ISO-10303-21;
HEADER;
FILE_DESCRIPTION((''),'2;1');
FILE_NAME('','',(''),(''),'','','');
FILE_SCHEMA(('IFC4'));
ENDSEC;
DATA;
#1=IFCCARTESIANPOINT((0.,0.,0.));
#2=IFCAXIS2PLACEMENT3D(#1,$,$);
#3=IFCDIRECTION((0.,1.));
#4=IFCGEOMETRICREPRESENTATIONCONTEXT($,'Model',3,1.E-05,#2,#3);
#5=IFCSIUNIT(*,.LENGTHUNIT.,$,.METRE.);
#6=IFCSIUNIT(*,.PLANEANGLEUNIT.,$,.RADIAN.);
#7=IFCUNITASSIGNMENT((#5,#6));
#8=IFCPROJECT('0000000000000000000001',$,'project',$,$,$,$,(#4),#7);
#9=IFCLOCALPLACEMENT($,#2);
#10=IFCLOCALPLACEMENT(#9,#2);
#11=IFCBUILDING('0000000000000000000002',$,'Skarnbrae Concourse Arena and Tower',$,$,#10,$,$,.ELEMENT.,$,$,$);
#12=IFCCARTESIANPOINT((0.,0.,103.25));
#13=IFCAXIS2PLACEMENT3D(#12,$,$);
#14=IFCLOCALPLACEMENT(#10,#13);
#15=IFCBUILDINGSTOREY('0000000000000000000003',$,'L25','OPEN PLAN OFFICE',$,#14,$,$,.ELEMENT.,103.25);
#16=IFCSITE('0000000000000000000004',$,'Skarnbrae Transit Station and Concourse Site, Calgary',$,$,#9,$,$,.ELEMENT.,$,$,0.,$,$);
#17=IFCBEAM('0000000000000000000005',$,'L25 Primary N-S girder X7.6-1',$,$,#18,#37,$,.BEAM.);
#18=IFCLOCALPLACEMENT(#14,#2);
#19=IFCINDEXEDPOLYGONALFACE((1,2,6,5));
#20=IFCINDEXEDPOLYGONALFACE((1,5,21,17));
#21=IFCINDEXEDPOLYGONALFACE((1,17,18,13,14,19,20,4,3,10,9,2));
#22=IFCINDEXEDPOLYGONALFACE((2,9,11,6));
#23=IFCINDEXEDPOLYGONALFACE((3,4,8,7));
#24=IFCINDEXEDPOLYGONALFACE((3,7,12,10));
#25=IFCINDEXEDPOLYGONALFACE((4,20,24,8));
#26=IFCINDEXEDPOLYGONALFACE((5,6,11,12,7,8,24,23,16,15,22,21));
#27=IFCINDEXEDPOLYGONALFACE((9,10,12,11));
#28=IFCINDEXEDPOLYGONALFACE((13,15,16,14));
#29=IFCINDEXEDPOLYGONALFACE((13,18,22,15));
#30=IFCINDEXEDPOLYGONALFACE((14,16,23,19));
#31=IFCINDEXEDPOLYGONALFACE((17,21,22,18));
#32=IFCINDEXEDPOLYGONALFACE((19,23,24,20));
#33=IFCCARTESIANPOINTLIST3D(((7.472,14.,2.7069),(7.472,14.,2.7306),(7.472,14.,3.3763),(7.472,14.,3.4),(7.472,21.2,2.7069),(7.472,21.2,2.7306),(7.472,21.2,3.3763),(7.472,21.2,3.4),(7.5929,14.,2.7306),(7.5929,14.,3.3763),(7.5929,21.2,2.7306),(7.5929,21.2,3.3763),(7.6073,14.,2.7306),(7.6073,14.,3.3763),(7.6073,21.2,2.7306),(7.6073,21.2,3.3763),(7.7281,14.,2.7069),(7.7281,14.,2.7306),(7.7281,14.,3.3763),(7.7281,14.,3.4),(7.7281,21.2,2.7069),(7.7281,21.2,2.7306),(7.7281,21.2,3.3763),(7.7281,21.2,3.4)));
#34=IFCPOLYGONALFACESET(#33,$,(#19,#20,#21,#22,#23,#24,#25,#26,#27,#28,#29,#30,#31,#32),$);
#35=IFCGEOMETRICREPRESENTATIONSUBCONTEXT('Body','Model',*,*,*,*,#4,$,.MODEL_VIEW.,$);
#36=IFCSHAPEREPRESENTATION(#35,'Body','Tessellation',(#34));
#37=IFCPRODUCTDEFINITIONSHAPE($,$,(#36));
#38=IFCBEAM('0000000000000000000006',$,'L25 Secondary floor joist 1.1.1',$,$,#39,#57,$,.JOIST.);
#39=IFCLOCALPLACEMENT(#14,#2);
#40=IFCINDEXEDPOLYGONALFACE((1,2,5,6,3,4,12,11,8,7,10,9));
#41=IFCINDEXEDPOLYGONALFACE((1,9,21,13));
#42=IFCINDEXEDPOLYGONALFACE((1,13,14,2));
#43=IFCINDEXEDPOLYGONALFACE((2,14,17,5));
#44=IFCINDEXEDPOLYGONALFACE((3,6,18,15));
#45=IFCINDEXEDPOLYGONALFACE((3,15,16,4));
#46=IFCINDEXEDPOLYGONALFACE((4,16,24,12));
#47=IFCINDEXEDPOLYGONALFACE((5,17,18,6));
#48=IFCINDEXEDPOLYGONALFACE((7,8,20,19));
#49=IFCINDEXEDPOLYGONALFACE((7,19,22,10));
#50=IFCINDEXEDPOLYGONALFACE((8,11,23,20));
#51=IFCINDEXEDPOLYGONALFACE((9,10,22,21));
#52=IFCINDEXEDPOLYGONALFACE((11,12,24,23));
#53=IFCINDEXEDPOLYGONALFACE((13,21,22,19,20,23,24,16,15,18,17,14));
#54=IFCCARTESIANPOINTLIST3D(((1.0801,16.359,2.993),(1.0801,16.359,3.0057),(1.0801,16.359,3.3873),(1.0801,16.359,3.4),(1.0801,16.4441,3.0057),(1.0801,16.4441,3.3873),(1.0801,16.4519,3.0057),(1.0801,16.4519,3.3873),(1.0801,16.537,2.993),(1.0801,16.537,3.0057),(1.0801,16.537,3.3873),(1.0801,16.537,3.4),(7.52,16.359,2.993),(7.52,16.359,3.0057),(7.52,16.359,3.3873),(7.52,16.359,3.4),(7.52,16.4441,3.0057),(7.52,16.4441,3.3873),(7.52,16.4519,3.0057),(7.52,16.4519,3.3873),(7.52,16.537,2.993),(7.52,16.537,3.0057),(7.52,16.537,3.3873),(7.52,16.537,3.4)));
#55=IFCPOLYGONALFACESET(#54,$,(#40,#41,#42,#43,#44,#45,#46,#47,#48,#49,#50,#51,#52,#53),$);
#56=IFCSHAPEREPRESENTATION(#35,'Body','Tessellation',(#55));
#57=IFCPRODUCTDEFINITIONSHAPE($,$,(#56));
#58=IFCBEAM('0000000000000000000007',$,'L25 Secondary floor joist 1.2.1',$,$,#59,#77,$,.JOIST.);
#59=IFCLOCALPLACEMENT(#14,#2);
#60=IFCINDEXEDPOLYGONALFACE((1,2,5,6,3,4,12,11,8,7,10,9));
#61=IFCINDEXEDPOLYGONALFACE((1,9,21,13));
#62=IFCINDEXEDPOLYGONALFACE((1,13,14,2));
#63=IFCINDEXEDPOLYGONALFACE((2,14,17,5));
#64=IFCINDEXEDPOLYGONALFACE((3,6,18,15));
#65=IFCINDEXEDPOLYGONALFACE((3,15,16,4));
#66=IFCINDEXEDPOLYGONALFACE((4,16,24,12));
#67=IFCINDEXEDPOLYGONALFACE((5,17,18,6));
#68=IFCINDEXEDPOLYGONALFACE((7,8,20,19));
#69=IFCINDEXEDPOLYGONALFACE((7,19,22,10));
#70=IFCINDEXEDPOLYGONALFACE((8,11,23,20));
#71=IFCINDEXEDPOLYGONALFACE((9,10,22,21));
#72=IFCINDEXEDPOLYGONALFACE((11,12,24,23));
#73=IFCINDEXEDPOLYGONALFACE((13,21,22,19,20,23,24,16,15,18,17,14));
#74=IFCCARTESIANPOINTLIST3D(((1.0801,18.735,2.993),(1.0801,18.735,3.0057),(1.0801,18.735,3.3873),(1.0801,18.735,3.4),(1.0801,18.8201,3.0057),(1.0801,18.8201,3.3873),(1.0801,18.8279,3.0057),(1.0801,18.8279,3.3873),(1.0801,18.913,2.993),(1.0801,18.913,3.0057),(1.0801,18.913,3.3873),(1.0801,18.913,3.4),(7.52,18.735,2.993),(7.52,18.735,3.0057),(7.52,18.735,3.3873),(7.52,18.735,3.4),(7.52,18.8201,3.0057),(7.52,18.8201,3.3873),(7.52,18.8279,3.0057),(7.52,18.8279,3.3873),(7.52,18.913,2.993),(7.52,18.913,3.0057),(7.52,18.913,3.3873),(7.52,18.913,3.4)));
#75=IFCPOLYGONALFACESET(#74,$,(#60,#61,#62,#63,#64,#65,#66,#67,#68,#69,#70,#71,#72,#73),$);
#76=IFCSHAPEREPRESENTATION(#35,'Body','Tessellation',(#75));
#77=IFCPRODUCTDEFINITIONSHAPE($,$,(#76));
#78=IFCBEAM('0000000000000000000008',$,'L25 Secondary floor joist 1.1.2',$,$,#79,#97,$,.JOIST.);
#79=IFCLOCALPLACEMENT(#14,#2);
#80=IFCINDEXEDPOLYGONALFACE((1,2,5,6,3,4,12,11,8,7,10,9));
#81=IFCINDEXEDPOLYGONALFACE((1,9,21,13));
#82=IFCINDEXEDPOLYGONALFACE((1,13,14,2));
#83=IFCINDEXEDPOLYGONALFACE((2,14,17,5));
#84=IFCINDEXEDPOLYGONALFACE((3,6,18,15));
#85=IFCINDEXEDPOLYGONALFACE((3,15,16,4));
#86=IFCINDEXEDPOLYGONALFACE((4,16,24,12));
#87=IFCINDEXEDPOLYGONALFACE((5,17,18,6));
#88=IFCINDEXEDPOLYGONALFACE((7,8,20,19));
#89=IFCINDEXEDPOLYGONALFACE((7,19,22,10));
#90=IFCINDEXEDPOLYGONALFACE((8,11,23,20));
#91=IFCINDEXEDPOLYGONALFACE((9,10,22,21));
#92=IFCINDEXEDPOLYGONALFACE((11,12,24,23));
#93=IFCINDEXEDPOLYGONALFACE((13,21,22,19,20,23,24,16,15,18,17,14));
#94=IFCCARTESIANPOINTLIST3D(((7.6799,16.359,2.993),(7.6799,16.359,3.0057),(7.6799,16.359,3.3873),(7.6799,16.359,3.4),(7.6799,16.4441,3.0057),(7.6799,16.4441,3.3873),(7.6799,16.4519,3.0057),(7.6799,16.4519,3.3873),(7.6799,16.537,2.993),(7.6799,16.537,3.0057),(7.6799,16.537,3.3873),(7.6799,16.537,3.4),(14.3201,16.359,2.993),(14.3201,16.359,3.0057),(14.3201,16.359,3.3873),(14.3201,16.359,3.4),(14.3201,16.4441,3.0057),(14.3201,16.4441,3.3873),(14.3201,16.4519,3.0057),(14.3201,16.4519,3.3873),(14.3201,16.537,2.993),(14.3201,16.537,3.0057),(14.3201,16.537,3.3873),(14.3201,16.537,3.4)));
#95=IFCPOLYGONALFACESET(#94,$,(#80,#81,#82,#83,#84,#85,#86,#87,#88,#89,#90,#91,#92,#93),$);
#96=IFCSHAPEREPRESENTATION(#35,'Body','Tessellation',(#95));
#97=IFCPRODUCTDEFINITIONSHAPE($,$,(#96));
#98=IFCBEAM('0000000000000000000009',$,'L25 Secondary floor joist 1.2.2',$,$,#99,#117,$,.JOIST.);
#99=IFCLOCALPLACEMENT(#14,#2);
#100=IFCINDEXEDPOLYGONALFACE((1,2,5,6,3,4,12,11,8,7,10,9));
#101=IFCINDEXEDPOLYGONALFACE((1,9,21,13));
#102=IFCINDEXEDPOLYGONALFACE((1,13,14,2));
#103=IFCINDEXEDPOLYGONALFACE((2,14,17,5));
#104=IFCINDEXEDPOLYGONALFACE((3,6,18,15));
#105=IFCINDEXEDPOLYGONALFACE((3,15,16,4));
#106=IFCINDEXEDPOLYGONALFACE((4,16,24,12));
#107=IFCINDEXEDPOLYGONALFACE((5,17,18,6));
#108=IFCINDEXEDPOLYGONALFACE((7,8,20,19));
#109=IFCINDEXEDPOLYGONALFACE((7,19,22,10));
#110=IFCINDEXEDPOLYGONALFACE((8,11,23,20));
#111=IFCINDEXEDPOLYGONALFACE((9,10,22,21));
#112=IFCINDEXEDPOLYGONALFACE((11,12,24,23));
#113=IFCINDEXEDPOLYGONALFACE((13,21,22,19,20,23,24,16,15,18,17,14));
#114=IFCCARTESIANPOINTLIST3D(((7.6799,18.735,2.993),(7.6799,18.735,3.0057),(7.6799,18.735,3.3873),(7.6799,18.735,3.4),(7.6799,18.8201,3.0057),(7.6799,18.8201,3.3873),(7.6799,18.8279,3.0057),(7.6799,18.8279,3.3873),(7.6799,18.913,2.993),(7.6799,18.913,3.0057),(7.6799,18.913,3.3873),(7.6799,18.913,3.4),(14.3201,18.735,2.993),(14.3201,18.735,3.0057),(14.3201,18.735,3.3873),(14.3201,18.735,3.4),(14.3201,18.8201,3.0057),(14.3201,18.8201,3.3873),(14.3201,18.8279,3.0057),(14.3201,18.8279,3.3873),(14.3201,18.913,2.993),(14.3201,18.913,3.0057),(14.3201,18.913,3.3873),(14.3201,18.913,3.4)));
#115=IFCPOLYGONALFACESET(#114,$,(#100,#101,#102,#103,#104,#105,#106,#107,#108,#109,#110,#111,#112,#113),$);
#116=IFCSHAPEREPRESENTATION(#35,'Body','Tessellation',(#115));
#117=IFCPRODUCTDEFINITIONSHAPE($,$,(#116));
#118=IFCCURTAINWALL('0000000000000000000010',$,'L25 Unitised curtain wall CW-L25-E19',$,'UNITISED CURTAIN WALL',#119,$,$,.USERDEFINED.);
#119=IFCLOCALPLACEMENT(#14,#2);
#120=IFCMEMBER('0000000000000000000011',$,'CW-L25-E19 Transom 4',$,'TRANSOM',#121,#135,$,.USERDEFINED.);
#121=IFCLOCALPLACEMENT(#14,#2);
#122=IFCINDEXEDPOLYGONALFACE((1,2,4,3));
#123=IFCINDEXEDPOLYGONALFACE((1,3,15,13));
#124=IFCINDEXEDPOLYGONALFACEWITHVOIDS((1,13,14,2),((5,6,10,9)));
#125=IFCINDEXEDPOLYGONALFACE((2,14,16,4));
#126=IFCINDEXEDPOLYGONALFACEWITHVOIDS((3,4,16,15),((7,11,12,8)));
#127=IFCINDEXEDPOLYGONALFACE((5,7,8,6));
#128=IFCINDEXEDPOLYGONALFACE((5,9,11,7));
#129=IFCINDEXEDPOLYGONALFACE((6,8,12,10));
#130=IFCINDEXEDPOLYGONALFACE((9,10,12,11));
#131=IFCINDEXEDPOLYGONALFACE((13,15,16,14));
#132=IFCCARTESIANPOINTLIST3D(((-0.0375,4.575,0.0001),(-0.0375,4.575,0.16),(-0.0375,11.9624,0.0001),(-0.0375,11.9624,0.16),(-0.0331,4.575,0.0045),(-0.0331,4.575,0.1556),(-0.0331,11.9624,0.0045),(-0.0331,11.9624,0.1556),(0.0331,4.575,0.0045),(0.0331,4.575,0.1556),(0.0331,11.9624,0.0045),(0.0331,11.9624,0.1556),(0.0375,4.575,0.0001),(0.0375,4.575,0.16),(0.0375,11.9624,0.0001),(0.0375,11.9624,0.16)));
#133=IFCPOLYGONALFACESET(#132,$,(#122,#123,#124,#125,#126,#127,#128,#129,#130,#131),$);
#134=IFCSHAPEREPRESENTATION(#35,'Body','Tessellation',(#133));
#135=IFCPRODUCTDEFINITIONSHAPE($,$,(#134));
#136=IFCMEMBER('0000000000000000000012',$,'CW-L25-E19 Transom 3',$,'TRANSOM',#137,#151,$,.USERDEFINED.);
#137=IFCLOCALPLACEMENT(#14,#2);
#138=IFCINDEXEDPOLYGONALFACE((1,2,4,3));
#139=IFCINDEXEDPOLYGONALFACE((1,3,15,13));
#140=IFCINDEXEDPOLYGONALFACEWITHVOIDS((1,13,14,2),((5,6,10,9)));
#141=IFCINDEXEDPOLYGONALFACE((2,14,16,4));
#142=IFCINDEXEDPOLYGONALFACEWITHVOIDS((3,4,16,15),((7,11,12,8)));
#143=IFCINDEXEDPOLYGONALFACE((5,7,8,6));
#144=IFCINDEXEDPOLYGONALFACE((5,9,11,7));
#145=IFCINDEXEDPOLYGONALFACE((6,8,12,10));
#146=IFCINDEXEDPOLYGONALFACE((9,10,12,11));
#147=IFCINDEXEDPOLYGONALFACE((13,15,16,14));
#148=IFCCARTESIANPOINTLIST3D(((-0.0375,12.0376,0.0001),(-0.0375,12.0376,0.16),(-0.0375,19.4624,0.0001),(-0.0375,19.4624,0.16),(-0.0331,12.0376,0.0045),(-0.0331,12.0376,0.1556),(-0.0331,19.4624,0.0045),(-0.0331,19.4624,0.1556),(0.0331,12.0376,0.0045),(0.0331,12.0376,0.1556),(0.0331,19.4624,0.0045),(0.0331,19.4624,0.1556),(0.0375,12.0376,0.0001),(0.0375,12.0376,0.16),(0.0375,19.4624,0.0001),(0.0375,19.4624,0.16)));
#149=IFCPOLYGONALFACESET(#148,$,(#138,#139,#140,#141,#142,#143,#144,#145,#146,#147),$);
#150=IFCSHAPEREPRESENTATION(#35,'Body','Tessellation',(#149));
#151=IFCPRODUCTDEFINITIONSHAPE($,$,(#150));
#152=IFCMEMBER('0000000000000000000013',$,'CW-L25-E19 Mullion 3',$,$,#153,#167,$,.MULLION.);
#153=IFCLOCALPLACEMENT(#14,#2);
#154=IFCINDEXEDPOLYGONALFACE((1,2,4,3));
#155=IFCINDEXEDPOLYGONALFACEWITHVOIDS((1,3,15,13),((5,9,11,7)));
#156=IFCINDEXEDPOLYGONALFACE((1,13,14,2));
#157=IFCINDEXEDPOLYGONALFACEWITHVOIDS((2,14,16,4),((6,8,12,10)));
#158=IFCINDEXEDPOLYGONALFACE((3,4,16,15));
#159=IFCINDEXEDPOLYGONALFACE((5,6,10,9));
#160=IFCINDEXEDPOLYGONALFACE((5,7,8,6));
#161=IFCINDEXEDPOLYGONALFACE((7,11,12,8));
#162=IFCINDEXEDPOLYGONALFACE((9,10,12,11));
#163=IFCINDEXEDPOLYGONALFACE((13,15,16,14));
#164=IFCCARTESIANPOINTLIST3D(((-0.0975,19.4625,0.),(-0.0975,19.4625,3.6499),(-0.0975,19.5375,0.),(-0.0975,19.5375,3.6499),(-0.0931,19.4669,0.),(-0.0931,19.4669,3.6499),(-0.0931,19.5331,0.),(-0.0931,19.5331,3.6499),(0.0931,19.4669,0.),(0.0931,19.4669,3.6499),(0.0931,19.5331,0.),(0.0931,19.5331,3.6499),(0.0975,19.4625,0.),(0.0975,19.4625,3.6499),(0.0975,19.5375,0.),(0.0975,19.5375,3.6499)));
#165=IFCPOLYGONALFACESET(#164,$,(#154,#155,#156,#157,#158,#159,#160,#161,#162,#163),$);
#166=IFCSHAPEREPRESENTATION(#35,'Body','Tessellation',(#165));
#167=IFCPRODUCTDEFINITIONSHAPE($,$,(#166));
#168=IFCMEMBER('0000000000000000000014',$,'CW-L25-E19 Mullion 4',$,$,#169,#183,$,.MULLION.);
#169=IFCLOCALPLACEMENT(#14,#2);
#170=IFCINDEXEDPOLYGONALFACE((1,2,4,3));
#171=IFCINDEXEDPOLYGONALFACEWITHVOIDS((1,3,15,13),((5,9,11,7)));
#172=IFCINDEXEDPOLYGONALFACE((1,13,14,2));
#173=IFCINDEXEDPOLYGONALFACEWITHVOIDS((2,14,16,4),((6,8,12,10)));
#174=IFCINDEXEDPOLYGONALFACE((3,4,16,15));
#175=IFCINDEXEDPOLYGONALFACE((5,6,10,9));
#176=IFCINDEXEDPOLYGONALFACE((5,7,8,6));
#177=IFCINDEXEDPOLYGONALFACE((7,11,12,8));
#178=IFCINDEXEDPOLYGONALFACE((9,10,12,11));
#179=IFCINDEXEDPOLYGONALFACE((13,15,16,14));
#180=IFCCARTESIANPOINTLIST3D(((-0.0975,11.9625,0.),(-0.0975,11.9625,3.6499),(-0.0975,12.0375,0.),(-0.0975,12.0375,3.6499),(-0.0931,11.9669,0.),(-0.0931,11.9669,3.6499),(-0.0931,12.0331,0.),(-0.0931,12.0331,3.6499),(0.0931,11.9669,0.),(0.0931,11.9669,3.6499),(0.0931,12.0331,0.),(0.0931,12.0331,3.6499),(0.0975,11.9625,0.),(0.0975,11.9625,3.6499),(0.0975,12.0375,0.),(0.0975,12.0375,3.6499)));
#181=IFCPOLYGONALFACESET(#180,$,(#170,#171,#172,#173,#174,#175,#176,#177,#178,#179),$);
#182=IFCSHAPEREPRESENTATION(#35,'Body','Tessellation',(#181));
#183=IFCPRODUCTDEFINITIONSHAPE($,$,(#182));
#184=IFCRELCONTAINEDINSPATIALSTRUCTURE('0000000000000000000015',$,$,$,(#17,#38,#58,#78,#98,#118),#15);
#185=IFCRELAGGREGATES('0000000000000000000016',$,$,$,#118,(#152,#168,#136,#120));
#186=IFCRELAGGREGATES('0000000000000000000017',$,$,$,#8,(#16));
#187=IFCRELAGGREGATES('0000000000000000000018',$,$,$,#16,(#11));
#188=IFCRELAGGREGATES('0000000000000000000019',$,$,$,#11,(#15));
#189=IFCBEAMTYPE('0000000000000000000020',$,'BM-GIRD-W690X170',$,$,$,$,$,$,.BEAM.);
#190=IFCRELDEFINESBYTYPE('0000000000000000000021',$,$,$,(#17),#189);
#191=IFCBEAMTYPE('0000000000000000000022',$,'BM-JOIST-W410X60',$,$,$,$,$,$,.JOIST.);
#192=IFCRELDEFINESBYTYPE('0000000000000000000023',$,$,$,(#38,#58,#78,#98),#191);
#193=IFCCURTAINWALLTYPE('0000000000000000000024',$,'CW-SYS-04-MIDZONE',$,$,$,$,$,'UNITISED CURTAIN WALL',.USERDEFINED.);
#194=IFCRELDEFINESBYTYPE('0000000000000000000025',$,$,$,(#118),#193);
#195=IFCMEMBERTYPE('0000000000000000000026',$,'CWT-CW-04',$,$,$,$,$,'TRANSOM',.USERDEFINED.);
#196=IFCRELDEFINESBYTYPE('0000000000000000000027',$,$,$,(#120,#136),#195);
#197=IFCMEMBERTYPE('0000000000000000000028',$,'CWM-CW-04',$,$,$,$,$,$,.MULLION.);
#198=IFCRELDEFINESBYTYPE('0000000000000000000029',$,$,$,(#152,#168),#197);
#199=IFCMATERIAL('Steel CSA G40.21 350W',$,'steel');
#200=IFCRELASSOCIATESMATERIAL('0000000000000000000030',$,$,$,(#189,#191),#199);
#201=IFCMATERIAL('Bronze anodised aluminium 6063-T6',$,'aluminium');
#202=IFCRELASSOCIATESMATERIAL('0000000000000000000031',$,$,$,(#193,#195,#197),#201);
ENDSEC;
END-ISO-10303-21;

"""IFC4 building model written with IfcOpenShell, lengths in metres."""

from ifc_helpers import new_model, si_unit, direction, frame, origin, origin_2d, place, context, subcontext, project, spatial, hollow_rectangle, i_section, extrude, source, transform, mapped, material, material_profile, profile_set, type_object, element, aggregate, save


model = new_model("IFC4")

# Units and contexts
model_context = context("Model", 3, precision=1e-05, world=origin(), true_north=direction((0.0, 1.0)))
body_context = subcontext(model_context, "Body", "Model", "MODEL_VIEW")
ifc_project = project(units=[si_unit("LENGTHUNIT", "METRE"), si_unit("PLANEANGLEUNIT", "RADIAN")], contexts=[model_context])

# Site, building, storey
site_placement = place(None, origin())
site = spatial("IfcSite", under=ifc_project, at=site_placement, Name="Skarnbrae Transit Station and Concourse Site, Calgary", CompositionType="ELEMENT", RefElevation=0.0)
building_placement = place(site_placement, origin())
building = spatial("IfcBuilding", under=site, at=building_placement, Name="Skarnbrae Concourse Arena and Tower", CompositionType="ELEMENT")
storey_placement = place(building_placement, frame((0.0, 0.0, 103.25)))
storey = spatial("IfcBuildingStorey", under=building, at=storey_placement, Name="L25", Description="OPEN PLAN OFFICE", CompositionType="ELEMENT", Elevation=103.25)

# Shared definitions
ifc_material_1 = material(Name="Steel CSA G40.21 350W", Category="steel")

# Beams
ifc_material_profile_1 = material_profile(ifc_material_1, i_section(OverallWidth=0.2561, OverallDepth=0.6931, WebThickness=0.0144, FlangeThickness=0.0237, at=origin_2d()), Name="W690X170")
ifc_profile_set_1 = profile_set([ifc_material_profile_1], Name="Steel CSA G40.21 350W")
beam_type_1 = type_object("IfcBeamType", Name="BM-GIRD-W690X170", PredefinedType="BEAM", material=ifc_profile_set_1)
shared_shape_1 = source(origin(), body_context, "Body", "SweptSolid", [
    extrude(i_section(OverallWidth=0.2561, OverallDepth=0.6931, WebThickness=0.0144, FlangeThickness=0.0237, at=origin_2d()), origin(), (0.0, 0.0, 1.0), 7.2),
])
beam_1_placement = place(storey_placement, frame((7.6001, 14.0, 3.0535), z_axis=(0.0, 1.0, 0.0), x_axis=(-1.0, 0.0, 0.0)))
element("IfcBeam", 1, at=beam_1_placement, inside=storey, type_object=beam_type_1, Name="L25 Primary N-S girder X7.6-1", PredefinedType="BEAM", context=body_context, shape_type="MappedRepresentation", body=[
    mapped(shared_shape_1, transform((0.0, 0.0, 0.0))),
])
ifc_material_profile_2 = material_profile(ifc_material_1, i_section(OverallWidth=0.178, OverallDepth=0.407, WebThickness=0.0078, FlangeThickness=0.0127, at=origin_2d()), Name="W410X60")
ifc_profile_set_2 = profile_set([ifc_material_profile_2], Name="Steel CSA G40.21 350W")
beam_type_2 = type_object("IfcBeamType", Name="BM-JOIST-W410X60", PredefinedType="JOIST", material=ifc_profile_set_2)
shared_shape_2 = source(origin(), body_context, "Body", "SweptSolid", [
    extrude(i_section(OverallWidth=0.178, OverallDepth=0.407, WebThickness=0.0078, FlangeThickness=0.0127, at=origin_2d()), origin(), (0.0, 0.0, 1.0), 6.4399),
])
for number, where, z_axis, x_axis, name in (
    (2, (1.0801, 16.448, 3.1965), (1.0, 0.0, 0.0), (0.0, 1.0, 0.0), "L25 Secondary floor joist 1.1.1"),
    (3, (1.0801, 18.824, 3.1965), (1.0, 0.0, 0.0), (0.0, 1.0, 0.0), "L25 Secondary floor joist 1.2.1"),
):
    element("IfcBeam", number, at=place(storey_placement, frame(where, z_axis=z_axis, x_axis=x_axis)), inside=storey, type_object=beam_type_2, Name=name, PredefinedType="JOIST", context=body_context, shape_type="MappedRepresentation", body=[
        mapped(shared_shape_2, transform((0.0, 0.0, 0.0))),
    ])
shared_shape_3 = source(origin(), body_context, "Body", "SweptSolid", [
    extrude(i_section(OverallWidth=0.178, OverallDepth=0.407, WebThickness=0.0078, FlangeThickness=0.0127, at=origin_2d()), origin(), (0.0, 0.0, 1.0), 6.6401),
])
for number, where, z_axis, x_axis, name in (
    (4, (7.6799, 16.448, 3.1965), (1.0, 0.0, 0.0), (0.0, 1.0, 0.0), "L25 Secondary floor joist 1.1.2"),
    (5, (7.6799, 18.824, 3.1965), (1.0, 0.0, 0.0), (0.0, 1.0, 0.0), "L25 Secondary floor joist 1.2.2"),
):
    element("IfcBeam", number, at=place(storey_placement, frame(where, z_axis=z_axis, x_axis=x_axis)), inside=storey, type_object=beam_type_2, Name=name, PredefinedType="JOIST", context=body_context, shape_type="MappedRepresentation", body=[
        mapped(shared_shape_3, transform((0.0, 0.0, 0.0))),
    ])

# Curtain wall, members
ifc_material_2 = material(Name="Bronze anodised aluminium 6063-T6", Category="aluminium")
curtain_wall_type = type_object("IfcCurtainWallType", Name="CW-SYS-04-MIDZONE", ElementType="UNITISED CURTAIN WALL", PredefinedType="USERDEFINED", material=ifc_material_2)
curtain_wall_placement = place(storey_placement, origin())
curtain_wall = element("IfcCurtainWall", 6, at=curtain_wall_placement, inside=storey, type_object=curtain_wall_type, Name="L25 Unitised curtain wall CW-L25-E19", ObjectType="UNITISED CURTAIN WALL", PredefinedType="USERDEFINED")
ifc_material_profile_3 = material_profile(ifc_material_2, hollow_rectangle(XDim=0.075, YDim=0.1599, WallThickness=0.0044, at=origin_2d()), Name="ALU-TRAN-75X160")
ifc_profile_set_3 = profile_set([ifc_material_profile_3], Name="Bronze anodised aluminium 6063-T6")
member_type_1 = type_object("IfcMemberType", Name="CWT-CW-04", ElementType="TRANSOM", PredefinedType="USERDEFINED", material=ifc_profile_set_3)
shared_shape_4 = source(origin(), body_context, "Body", "SweptSolid", [
    extrude(hollow_rectangle(XDim=0.075, YDim=0.1599, WallThickness=0.0044, at=origin_2d()), origin(), (0.0, 0.0, 1.0), 7.3875),
])
member_1_placement = place(storey_placement, frame((0.0, 11.9624, 0.0801), z_axis=(0.0, -1.0, 0.0), x_axis=(1.0, 0.0, 0.0)))
member_1 = element("IfcMember", 7, at=member_1_placement, type_object=member_type_1, Name="CW-L25-E19 Transom 4", ObjectType="TRANSOM", PredefinedType="USERDEFINED", context=body_context, shape_type="MappedRepresentation", body=[
    mapped(shared_shape_4, transform((0.0, 0.0, 0.0))),
])
shared_shape_5 = source(origin(), body_context, "Body", "SweptSolid", [
    extrude(hollow_rectangle(XDim=0.075, YDim=0.1599, WallThickness=0.0044, at=origin_2d()), origin(), (0.0, 0.0, 1.0), 7.4248),
])
member_2_placement = place(storey_placement, frame((0.0, 19.4624, 0.0801), z_axis=(0.0, -1.0, 0.0), x_axis=(1.0, 0.0, 0.0)))
member_2 = element("IfcMember", 8, at=member_2_placement, type_object=member_type_1, Name="CW-L25-E19 Transom 3", ObjectType="TRANSOM", PredefinedType="USERDEFINED", context=body_context, shape_type="MappedRepresentation", body=[
    mapped(shared_shape_5, transform((0.0, 0.0, 0.0))),
])
ifc_material_profile_4 = material_profile(ifc_material_2, hollow_rectangle(XDim=0.075, YDim=0.1951, WallThickness=0.0044, at=origin_2d()), Name="ALU-MULL-75X195")
ifc_profile_set_4 = profile_set([ifc_material_profile_4], Name="Bronze anodised aluminium 6063-T6")
member_type_2 = type_object("IfcMemberType", Name="CWM-CW-04", PredefinedType="MULLION", material=ifc_profile_set_4)
shared_shape_6 = source(origin(), body_context, "Body", "SweptSolid", [
    extrude(hollow_rectangle(XDim=0.075, YDim=0.1951, WallThickness=0.0044, at=origin_2d()), origin(), (0.0, 0.0, 1.0), 3.6499),
])
member_3_placement = place(storey_placement, frame((0.0, 19.5, 0.0), z_axis=(0.0, 0.0, 1.0), x_axis=(0.0, -1.0, 0.0)))
member_3 = element("IfcMember", 9, at=member_3_placement, type_object=member_type_2, Name="CW-L25-E19 Mullion 3", PredefinedType="MULLION", context=body_context, shape_type="MappedRepresentation", body=[
    mapped(shared_shape_6, transform((0.0, 0.0, 0.0))),
])
member_4_placement = place(storey_placement, frame((0.0, 12.0, 0.0), z_axis=(0.0, 0.0, 1.0), x_axis=(0.0, -1.0, 0.0)))
member_4 = element("IfcMember", 10, at=member_4_placement, type_object=member_type_2, Name="CW-L25-E19 Mullion 4", PredefinedType="MULLION", context=body_context, shape_type="MappedRepresentation", body=[
    mapped(shared_shape_6, transform((0.0, 0.0, 0.0))),
])
aggregate(curtain_wall, [member_3, member_4, member_2, member_1])

save(model, "model.ifc")
